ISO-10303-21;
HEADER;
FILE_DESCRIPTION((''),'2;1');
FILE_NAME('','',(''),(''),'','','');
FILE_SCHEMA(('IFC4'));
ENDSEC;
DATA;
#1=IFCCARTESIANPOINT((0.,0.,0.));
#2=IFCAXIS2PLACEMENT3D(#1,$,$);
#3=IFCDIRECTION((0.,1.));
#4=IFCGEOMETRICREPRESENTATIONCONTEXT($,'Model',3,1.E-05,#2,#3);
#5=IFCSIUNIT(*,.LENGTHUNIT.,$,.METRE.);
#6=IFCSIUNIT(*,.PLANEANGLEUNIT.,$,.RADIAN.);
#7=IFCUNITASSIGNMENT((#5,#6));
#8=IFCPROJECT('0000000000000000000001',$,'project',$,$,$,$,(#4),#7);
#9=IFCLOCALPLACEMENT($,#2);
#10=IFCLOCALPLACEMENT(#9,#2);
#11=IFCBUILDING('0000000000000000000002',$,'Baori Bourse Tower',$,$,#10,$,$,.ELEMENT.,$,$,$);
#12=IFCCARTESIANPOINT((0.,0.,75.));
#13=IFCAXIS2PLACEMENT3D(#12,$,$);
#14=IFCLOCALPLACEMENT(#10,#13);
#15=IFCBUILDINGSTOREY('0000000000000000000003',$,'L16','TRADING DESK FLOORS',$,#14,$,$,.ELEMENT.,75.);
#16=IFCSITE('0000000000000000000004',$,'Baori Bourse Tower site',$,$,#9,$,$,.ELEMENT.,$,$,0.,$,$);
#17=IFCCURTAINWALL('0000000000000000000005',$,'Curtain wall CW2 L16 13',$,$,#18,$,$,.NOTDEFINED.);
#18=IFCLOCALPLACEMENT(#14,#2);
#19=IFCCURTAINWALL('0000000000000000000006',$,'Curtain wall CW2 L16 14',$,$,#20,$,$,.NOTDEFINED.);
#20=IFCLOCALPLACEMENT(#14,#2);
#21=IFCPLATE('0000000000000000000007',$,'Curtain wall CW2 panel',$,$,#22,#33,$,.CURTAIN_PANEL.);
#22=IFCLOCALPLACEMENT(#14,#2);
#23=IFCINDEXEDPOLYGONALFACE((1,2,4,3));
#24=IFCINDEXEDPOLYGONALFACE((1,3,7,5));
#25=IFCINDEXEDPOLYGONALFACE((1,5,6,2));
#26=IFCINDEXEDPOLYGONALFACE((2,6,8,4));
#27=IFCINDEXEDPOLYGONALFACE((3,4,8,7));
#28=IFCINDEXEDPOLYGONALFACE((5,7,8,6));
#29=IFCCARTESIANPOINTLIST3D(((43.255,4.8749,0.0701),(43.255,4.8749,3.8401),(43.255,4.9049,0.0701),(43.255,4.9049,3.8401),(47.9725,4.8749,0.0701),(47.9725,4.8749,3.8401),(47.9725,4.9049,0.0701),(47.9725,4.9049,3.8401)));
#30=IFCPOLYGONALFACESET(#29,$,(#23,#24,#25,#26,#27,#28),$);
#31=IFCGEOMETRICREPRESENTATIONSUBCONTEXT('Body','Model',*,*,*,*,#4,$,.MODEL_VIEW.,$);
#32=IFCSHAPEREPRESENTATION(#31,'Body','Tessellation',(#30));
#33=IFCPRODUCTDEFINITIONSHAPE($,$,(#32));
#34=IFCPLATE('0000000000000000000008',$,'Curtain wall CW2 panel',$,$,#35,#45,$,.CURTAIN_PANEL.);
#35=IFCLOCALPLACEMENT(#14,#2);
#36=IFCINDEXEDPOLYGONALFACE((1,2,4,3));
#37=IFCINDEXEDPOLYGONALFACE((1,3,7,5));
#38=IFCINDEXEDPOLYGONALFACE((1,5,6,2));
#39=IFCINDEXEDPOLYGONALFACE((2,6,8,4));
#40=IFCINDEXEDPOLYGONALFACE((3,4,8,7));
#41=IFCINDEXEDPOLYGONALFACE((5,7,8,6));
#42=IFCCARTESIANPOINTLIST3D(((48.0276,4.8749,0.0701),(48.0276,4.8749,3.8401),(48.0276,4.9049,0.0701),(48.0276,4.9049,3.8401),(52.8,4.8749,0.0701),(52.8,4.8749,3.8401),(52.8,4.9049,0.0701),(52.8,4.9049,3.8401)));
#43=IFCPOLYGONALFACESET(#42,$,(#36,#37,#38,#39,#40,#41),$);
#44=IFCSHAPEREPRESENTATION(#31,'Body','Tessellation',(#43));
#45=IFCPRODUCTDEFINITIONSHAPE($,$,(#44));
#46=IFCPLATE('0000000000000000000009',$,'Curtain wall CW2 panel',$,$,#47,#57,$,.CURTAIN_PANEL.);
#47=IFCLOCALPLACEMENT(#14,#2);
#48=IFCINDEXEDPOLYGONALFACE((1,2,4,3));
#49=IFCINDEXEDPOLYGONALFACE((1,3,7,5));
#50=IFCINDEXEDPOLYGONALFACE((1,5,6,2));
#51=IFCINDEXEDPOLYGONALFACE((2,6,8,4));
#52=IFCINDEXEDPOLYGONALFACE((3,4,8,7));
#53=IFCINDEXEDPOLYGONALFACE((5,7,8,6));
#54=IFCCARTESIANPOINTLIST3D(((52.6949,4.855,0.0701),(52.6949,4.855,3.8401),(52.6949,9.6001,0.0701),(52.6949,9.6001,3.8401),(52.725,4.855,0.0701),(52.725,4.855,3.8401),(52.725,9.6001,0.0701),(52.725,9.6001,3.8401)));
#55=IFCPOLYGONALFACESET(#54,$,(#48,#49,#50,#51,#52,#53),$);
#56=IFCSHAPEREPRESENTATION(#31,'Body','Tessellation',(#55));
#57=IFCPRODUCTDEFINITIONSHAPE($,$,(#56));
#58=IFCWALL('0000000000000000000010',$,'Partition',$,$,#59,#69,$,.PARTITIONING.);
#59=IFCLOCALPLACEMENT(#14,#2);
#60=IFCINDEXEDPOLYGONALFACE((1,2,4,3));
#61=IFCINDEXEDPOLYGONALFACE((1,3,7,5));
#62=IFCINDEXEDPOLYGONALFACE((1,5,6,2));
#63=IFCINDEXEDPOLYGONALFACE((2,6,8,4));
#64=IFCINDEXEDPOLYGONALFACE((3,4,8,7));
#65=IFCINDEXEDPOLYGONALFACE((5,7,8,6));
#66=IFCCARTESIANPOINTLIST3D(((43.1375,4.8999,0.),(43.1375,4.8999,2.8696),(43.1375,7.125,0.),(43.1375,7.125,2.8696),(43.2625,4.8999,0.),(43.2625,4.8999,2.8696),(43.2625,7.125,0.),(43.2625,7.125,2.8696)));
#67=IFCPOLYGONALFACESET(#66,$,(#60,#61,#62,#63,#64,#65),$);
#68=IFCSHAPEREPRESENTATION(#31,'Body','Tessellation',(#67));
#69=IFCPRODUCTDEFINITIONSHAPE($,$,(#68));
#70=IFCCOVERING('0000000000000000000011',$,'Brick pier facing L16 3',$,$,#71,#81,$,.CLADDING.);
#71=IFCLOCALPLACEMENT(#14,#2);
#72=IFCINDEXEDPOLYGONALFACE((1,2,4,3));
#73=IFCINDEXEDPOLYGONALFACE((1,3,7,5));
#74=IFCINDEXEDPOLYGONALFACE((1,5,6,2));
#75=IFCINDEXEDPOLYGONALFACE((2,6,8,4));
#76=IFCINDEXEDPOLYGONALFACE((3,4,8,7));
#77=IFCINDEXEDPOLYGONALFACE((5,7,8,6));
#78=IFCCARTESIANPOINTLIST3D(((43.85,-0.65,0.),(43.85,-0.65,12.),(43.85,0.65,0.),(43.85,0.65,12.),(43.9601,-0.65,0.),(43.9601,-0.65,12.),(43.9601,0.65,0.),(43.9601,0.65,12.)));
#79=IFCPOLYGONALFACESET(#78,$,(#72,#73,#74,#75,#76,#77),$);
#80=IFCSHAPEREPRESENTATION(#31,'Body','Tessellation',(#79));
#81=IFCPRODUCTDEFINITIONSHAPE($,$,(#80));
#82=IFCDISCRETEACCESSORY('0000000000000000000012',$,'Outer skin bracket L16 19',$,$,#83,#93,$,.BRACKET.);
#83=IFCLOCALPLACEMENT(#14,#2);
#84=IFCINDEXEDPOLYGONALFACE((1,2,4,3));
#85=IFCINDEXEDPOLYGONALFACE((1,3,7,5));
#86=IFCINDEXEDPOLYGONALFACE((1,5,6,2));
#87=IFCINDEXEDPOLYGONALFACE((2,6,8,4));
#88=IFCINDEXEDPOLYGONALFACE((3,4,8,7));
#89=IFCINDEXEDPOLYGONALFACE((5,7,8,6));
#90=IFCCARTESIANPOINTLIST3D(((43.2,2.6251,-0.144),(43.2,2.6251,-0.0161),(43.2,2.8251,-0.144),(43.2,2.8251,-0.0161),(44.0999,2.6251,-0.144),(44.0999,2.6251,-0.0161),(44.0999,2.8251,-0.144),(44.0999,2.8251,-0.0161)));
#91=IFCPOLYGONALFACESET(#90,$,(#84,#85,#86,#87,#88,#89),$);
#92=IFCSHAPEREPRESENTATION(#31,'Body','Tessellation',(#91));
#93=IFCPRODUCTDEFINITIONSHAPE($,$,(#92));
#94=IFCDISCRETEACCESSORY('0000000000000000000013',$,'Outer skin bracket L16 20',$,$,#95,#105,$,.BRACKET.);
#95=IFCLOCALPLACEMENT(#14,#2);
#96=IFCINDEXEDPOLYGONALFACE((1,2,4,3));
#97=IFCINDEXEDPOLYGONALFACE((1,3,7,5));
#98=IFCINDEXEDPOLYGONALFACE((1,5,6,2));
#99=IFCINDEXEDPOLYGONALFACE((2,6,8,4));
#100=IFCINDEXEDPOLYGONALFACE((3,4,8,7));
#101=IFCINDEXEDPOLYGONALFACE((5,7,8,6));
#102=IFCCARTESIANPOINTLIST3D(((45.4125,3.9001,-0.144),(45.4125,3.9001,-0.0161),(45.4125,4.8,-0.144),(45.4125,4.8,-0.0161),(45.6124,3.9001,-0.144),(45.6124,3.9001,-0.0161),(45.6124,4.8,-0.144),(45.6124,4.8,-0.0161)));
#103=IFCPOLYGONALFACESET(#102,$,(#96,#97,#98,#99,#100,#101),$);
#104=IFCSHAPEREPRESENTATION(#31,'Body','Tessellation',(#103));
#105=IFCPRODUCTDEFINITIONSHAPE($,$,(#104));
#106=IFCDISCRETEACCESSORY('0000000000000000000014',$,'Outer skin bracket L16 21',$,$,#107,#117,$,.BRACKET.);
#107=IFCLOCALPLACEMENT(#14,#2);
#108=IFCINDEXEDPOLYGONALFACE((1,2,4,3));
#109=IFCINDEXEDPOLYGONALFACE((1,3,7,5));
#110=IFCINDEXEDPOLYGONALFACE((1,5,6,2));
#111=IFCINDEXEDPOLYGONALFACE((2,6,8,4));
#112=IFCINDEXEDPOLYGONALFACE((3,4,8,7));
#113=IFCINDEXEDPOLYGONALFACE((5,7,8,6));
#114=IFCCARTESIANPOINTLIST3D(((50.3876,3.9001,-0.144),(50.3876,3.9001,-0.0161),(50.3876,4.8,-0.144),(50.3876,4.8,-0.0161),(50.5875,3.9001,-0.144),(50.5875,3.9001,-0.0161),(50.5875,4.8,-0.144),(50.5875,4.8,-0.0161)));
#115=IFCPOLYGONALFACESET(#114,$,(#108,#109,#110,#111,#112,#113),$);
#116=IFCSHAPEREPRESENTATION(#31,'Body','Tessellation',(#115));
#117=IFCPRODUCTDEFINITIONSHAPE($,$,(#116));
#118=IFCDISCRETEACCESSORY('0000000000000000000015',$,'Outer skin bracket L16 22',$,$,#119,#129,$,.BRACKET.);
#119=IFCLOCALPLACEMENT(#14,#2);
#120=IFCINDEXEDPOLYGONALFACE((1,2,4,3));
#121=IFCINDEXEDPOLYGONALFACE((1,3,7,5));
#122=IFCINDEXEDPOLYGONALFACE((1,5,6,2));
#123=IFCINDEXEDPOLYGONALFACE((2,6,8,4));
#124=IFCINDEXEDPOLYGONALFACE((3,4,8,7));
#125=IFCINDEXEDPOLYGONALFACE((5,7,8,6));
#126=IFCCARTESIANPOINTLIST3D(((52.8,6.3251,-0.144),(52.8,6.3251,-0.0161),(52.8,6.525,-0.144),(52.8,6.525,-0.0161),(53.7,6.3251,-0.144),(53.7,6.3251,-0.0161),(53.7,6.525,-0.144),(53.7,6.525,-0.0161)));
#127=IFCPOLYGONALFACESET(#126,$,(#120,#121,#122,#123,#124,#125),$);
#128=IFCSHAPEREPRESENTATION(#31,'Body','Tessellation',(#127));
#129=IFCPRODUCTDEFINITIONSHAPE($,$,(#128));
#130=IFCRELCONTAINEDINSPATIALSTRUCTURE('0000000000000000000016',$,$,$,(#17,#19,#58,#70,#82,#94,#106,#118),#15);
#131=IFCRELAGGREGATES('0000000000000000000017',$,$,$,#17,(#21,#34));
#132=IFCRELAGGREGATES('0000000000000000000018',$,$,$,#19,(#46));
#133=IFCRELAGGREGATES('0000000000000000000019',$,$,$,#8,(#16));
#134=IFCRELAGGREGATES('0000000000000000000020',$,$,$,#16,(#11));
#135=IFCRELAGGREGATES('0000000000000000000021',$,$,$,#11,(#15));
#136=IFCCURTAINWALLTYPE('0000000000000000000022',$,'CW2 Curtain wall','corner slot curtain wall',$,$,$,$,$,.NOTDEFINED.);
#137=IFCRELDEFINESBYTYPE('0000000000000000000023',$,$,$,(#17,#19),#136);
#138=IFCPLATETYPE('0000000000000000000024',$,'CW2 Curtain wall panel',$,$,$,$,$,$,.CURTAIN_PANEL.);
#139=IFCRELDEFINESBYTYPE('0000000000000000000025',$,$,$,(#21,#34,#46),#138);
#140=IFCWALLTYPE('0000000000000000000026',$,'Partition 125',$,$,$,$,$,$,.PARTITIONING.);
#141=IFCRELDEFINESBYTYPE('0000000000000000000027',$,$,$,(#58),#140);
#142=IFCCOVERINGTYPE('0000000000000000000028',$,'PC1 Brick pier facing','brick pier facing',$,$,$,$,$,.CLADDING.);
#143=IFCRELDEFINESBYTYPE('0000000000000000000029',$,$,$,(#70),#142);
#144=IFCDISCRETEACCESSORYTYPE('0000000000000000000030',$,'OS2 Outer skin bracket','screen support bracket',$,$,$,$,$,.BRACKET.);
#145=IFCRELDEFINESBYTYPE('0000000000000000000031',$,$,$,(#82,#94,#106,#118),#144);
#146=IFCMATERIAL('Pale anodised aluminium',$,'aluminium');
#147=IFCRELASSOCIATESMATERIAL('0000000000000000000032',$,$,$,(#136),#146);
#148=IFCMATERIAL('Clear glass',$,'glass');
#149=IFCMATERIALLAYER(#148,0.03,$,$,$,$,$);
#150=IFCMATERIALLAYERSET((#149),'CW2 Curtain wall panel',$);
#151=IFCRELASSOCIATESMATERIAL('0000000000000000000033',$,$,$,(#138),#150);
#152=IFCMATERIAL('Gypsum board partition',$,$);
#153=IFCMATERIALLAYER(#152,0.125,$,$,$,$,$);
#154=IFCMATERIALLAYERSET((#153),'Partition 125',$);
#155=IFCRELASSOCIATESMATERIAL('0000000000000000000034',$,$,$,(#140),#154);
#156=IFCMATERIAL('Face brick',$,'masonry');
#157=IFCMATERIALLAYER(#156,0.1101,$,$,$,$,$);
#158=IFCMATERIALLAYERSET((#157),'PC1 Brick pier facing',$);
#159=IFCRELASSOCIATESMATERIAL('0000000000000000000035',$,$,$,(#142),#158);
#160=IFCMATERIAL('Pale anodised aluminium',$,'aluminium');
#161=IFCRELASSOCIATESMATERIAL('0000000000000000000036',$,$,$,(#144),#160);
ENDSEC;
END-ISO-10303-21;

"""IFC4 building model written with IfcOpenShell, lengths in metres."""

from ifc_helpers import new_model, si_unit, direction, frame, frame_2d, origin, origin_2d, place, context, subcontext, project, spatial, rectangle, extrude, material, layer, layer_set, type_object, element, aggregate, save


model = new_model("IFC4")

# Units and contexts
model_context = context("Model", 3, precision=1e-05, world=origin(), true_north=direction((0.0, 1.0)))
body_context = subcontext(model_context, "Body", "Model", "MODEL_VIEW")
ifc_project = project(units=[si_unit("LENGTHUNIT", "METRE"), si_unit("PLANEANGLEUNIT", "RADIAN")], contexts=[model_context])

# Site, building, storey
site_placement = place(None, origin())
site = spatial("IfcSite", under=ifc_project, at=site_placement, Name="Baori Bourse Tower site", CompositionType="ELEMENT", RefElevation=0.0)
building_placement = place(site_placement, origin())
building = spatial("IfcBuilding", under=site, at=building_placement, Name="Baori Bourse Tower", CompositionType="ELEMENT")
storey_placement = place(building_placement, frame((0.0, 0.0, 75.0)))
storey = spatial("IfcBuildingStorey", under=building, at=storey_placement, Name="L16", Description="TRADING DESK FLOORS", CompositionType="ELEMENT", Elevation=75.0)

# Curtain wall
ifc_material_1 = material(Name="Pale anodised aluminium", Category="aluminium")
curtain_wall_type = type_object("IfcCurtainWallType", Name="CW2 Curtain wall", Description="corner slot curtain wall", PredefinedType="NOTDEFINED", material=ifc_material_1)
curtain_wall_1_placement = place(storey_placement, origin())
curtain_wall_1 = element("IfcCurtainWall", 1, at=curtain_wall_1_placement, inside=storey, type_object=curtain_wall_type, Name="Curtain wall CW2 L16 13", PredefinedType="NOTDEFINED")

# Curtain wall
curtain_wall_2_placement = place(storey_placement, origin())
curtain_wall_2 = element("IfcCurtainWall", 2, at=curtain_wall_2_placement, inside=storey, type_object=curtain_wall_type, Name="Curtain wall CW2 L16 14", PredefinedType="NOTDEFINED")

# Plates
ifc_material_2 = material(Name="Clear glass", Category="glass")
ifc_layer_1 = layer(ifc_material_2, 0.03)
ifc_layer_set_1 = layer_set([ifc_layer_1], Name="CW2 Curtain wall panel")
plate_type = type_object("IfcPlateType", Name="CW2 Curtain wall panel", PredefinedType="CURTAIN_PANEL", material=ifc_layer_set_1)
plate_1_placement = place(storey_placement, frame((45.6138, 4.8899, 0.0701), z_axis=(0.0, 0.0, 1.0), x_axis=(1.0, 0.0, 0.0)))
plate_1 = element("IfcPlate", 3, at=plate_1_placement, type_object=plate_type, Name="Curtain wall CW2 panel", PredefinedType="CURTAIN_PANEL", context=body_context, shape_type="SweptSolid", body=[
    extrude(rectangle(XDim=4.7175, YDim=0.03, at=origin_2d()), origin(), (0.0, 0.0, 1.0), 3.77),
])
plate_2_placement = place(storey_placement, frame((50.4138, 4.8899, 0.0701), z_axis=(0.0, 0.0, 1.0), x_axis=(1.0, 0.0, 0.0)))
plate_2 = element("IfcPlate", 4, at=plate_2_placement, type_object=plate_type, Name="Curtain wall CW2 panel", PredefinedType="CURTAIN_PANEL", context=body_context, shape_type="SweptSolid", body=[
    extrude(rectangle(XDim=4.7725, YDim=0.03, at=origin_2d()), origin(), (0.0, 0.0, 1.0), 3.77),
])
aggregate(curtain_wall_1, [plate_1, plate_2])
plate_3_placement = place(storey_placement, frame((52.71, 7.2275, 0.0701), z_axis=(0.0, 0.0, 1.0), x_axis=(0.0, 1.0, 0.0)))
plate_3 = element("IfcPlate", 5, at=plate_3_placement, type_object=plate_type, Name="Curtain wall CW2 panel", PredefinedType="CURTAIN_PANEL", context=body_context, shape_type="SweptSolid", body=[
    extrude(rectangle(XDim=4.7451, YDim=0.03, at=origin_2d()), origin(), (0.0, 0.0, 1.0), 3.77),
])
aggregate(curtain_wall_2, [plate_3])

# Wall
ifc_material_3 = material(Name="Gypsum board partition")
ifc_layer_2 = layer(ifc_material_3, 0.125)
ifc_layer_set_2 = layer_set([ifc_layer_2], Name="Partition 125")
wall_type = type_object("IfcWallType", Name="Partition 125", PredefinedType="PARTITIONING", material=ifc_layer_set_2)
wall_placement = place(storey_placement, frame((43.2, 4.8999, 0.0), z_axis=(0.0, 0.0, 1.0), x_axis=(0.0, 1.0, 0.0)))
element("IfcWall", 6, at=wall_placement, inside=storey, type_object=wall_type, Name="Partition", PredefinedType="PARTITIONING", context=body_context, shape_type="SweptSolid", body=[
    extrude(rectangle(XDim=2.2251, YDim=0.125, at=frame_2d((1.1125, 0.0))), origin(), (0.0, 0.0, 1.0), 2.8696),
])

# Covering
ifc_material_4 = material(Name="Face brick", Category="masonry")
ifc_layer_3 = layer(ifc_material_4, 0.1101)
ifc_layer_set_3 = layer_set([ifc_layer_3], Name="PC1 Brick pier facing")
covering_type = type_object("IfcCoveringType", Name="PC1 Brick pier facing", Description="brick pier facing", PredefinedType="CLADDING", material=ifc_layer_set_3)
covering_placement = place(storey_placement, frame((43.905, 0.0, 0.0), z_axis=(0.0, 0.0, 1.0), x_axis=(1.0, 0.0, 0.0)))
element("IfcCovering", 7, at=covering_placement, inside=storey, type_object=covering_type, Name="Brick pier facing L16 3", PredefinedType="CLADDING", context=body_context, shape_type="SweptSolid", body=[
    extrude(rectangle(XDim=0.1101, YDim=1.3, at=origin_2d()), origin(), (0.0, 0.0, 1.0), 12.0),
])

# Discrete accessories
ifc_material_5 = material(Name="Pale anodised aluminium", Category="aluminium")
discrete_accessory_type = type_object("IfcDiscreteAccessoryType", Name="OS2 Outer skin bracket", Description="screen support bracket", PredefinedType="BRACKET", material=ifc_material_5)
for number, where, z_axis, x_axis, name in (
    (8, (43.6499, 2.7251, -0.144), (0.0, 0.0, 1.0), (0.0, 1.0, 0.0), "Outer skin bracket L16 19"),
    (9, (45.5125, 4.3501, -0.144), (0.0, 0.0, 1.0), (1.0, 0.0, 0.0), "Outer skin bracket L16 20"),
    (10, (50.4875, 4.3501, -0.144), (0.0, 0.0, 1.0), (1.0, 0.0, 0.0), "Outer skin bracket L16 21"),
    (11, (53.25, 6.425, -0.144), (0.0, 0.0, 1.0), (0.0, 1.0, 0.0), "Outer skin bracket L16 22"),
):
    element("IfcDiscreteAccessory", number, at=place(storey_placement, frame(where, z_axis=z_axis, x_axis=x_axis)), inside=storey, type_object=discrete_accessory_type, Name=name, PredefinedType="BRACKET", context=body_context, shape_type="SweptSolid", body=[
        extrude(rectangle(XDim=0.2, YDim=0.8999, at=origin_2d()), origin(), (0.0, 0.0, 1.0), 0.1279),
    ])

save(model, "model.ifc")
